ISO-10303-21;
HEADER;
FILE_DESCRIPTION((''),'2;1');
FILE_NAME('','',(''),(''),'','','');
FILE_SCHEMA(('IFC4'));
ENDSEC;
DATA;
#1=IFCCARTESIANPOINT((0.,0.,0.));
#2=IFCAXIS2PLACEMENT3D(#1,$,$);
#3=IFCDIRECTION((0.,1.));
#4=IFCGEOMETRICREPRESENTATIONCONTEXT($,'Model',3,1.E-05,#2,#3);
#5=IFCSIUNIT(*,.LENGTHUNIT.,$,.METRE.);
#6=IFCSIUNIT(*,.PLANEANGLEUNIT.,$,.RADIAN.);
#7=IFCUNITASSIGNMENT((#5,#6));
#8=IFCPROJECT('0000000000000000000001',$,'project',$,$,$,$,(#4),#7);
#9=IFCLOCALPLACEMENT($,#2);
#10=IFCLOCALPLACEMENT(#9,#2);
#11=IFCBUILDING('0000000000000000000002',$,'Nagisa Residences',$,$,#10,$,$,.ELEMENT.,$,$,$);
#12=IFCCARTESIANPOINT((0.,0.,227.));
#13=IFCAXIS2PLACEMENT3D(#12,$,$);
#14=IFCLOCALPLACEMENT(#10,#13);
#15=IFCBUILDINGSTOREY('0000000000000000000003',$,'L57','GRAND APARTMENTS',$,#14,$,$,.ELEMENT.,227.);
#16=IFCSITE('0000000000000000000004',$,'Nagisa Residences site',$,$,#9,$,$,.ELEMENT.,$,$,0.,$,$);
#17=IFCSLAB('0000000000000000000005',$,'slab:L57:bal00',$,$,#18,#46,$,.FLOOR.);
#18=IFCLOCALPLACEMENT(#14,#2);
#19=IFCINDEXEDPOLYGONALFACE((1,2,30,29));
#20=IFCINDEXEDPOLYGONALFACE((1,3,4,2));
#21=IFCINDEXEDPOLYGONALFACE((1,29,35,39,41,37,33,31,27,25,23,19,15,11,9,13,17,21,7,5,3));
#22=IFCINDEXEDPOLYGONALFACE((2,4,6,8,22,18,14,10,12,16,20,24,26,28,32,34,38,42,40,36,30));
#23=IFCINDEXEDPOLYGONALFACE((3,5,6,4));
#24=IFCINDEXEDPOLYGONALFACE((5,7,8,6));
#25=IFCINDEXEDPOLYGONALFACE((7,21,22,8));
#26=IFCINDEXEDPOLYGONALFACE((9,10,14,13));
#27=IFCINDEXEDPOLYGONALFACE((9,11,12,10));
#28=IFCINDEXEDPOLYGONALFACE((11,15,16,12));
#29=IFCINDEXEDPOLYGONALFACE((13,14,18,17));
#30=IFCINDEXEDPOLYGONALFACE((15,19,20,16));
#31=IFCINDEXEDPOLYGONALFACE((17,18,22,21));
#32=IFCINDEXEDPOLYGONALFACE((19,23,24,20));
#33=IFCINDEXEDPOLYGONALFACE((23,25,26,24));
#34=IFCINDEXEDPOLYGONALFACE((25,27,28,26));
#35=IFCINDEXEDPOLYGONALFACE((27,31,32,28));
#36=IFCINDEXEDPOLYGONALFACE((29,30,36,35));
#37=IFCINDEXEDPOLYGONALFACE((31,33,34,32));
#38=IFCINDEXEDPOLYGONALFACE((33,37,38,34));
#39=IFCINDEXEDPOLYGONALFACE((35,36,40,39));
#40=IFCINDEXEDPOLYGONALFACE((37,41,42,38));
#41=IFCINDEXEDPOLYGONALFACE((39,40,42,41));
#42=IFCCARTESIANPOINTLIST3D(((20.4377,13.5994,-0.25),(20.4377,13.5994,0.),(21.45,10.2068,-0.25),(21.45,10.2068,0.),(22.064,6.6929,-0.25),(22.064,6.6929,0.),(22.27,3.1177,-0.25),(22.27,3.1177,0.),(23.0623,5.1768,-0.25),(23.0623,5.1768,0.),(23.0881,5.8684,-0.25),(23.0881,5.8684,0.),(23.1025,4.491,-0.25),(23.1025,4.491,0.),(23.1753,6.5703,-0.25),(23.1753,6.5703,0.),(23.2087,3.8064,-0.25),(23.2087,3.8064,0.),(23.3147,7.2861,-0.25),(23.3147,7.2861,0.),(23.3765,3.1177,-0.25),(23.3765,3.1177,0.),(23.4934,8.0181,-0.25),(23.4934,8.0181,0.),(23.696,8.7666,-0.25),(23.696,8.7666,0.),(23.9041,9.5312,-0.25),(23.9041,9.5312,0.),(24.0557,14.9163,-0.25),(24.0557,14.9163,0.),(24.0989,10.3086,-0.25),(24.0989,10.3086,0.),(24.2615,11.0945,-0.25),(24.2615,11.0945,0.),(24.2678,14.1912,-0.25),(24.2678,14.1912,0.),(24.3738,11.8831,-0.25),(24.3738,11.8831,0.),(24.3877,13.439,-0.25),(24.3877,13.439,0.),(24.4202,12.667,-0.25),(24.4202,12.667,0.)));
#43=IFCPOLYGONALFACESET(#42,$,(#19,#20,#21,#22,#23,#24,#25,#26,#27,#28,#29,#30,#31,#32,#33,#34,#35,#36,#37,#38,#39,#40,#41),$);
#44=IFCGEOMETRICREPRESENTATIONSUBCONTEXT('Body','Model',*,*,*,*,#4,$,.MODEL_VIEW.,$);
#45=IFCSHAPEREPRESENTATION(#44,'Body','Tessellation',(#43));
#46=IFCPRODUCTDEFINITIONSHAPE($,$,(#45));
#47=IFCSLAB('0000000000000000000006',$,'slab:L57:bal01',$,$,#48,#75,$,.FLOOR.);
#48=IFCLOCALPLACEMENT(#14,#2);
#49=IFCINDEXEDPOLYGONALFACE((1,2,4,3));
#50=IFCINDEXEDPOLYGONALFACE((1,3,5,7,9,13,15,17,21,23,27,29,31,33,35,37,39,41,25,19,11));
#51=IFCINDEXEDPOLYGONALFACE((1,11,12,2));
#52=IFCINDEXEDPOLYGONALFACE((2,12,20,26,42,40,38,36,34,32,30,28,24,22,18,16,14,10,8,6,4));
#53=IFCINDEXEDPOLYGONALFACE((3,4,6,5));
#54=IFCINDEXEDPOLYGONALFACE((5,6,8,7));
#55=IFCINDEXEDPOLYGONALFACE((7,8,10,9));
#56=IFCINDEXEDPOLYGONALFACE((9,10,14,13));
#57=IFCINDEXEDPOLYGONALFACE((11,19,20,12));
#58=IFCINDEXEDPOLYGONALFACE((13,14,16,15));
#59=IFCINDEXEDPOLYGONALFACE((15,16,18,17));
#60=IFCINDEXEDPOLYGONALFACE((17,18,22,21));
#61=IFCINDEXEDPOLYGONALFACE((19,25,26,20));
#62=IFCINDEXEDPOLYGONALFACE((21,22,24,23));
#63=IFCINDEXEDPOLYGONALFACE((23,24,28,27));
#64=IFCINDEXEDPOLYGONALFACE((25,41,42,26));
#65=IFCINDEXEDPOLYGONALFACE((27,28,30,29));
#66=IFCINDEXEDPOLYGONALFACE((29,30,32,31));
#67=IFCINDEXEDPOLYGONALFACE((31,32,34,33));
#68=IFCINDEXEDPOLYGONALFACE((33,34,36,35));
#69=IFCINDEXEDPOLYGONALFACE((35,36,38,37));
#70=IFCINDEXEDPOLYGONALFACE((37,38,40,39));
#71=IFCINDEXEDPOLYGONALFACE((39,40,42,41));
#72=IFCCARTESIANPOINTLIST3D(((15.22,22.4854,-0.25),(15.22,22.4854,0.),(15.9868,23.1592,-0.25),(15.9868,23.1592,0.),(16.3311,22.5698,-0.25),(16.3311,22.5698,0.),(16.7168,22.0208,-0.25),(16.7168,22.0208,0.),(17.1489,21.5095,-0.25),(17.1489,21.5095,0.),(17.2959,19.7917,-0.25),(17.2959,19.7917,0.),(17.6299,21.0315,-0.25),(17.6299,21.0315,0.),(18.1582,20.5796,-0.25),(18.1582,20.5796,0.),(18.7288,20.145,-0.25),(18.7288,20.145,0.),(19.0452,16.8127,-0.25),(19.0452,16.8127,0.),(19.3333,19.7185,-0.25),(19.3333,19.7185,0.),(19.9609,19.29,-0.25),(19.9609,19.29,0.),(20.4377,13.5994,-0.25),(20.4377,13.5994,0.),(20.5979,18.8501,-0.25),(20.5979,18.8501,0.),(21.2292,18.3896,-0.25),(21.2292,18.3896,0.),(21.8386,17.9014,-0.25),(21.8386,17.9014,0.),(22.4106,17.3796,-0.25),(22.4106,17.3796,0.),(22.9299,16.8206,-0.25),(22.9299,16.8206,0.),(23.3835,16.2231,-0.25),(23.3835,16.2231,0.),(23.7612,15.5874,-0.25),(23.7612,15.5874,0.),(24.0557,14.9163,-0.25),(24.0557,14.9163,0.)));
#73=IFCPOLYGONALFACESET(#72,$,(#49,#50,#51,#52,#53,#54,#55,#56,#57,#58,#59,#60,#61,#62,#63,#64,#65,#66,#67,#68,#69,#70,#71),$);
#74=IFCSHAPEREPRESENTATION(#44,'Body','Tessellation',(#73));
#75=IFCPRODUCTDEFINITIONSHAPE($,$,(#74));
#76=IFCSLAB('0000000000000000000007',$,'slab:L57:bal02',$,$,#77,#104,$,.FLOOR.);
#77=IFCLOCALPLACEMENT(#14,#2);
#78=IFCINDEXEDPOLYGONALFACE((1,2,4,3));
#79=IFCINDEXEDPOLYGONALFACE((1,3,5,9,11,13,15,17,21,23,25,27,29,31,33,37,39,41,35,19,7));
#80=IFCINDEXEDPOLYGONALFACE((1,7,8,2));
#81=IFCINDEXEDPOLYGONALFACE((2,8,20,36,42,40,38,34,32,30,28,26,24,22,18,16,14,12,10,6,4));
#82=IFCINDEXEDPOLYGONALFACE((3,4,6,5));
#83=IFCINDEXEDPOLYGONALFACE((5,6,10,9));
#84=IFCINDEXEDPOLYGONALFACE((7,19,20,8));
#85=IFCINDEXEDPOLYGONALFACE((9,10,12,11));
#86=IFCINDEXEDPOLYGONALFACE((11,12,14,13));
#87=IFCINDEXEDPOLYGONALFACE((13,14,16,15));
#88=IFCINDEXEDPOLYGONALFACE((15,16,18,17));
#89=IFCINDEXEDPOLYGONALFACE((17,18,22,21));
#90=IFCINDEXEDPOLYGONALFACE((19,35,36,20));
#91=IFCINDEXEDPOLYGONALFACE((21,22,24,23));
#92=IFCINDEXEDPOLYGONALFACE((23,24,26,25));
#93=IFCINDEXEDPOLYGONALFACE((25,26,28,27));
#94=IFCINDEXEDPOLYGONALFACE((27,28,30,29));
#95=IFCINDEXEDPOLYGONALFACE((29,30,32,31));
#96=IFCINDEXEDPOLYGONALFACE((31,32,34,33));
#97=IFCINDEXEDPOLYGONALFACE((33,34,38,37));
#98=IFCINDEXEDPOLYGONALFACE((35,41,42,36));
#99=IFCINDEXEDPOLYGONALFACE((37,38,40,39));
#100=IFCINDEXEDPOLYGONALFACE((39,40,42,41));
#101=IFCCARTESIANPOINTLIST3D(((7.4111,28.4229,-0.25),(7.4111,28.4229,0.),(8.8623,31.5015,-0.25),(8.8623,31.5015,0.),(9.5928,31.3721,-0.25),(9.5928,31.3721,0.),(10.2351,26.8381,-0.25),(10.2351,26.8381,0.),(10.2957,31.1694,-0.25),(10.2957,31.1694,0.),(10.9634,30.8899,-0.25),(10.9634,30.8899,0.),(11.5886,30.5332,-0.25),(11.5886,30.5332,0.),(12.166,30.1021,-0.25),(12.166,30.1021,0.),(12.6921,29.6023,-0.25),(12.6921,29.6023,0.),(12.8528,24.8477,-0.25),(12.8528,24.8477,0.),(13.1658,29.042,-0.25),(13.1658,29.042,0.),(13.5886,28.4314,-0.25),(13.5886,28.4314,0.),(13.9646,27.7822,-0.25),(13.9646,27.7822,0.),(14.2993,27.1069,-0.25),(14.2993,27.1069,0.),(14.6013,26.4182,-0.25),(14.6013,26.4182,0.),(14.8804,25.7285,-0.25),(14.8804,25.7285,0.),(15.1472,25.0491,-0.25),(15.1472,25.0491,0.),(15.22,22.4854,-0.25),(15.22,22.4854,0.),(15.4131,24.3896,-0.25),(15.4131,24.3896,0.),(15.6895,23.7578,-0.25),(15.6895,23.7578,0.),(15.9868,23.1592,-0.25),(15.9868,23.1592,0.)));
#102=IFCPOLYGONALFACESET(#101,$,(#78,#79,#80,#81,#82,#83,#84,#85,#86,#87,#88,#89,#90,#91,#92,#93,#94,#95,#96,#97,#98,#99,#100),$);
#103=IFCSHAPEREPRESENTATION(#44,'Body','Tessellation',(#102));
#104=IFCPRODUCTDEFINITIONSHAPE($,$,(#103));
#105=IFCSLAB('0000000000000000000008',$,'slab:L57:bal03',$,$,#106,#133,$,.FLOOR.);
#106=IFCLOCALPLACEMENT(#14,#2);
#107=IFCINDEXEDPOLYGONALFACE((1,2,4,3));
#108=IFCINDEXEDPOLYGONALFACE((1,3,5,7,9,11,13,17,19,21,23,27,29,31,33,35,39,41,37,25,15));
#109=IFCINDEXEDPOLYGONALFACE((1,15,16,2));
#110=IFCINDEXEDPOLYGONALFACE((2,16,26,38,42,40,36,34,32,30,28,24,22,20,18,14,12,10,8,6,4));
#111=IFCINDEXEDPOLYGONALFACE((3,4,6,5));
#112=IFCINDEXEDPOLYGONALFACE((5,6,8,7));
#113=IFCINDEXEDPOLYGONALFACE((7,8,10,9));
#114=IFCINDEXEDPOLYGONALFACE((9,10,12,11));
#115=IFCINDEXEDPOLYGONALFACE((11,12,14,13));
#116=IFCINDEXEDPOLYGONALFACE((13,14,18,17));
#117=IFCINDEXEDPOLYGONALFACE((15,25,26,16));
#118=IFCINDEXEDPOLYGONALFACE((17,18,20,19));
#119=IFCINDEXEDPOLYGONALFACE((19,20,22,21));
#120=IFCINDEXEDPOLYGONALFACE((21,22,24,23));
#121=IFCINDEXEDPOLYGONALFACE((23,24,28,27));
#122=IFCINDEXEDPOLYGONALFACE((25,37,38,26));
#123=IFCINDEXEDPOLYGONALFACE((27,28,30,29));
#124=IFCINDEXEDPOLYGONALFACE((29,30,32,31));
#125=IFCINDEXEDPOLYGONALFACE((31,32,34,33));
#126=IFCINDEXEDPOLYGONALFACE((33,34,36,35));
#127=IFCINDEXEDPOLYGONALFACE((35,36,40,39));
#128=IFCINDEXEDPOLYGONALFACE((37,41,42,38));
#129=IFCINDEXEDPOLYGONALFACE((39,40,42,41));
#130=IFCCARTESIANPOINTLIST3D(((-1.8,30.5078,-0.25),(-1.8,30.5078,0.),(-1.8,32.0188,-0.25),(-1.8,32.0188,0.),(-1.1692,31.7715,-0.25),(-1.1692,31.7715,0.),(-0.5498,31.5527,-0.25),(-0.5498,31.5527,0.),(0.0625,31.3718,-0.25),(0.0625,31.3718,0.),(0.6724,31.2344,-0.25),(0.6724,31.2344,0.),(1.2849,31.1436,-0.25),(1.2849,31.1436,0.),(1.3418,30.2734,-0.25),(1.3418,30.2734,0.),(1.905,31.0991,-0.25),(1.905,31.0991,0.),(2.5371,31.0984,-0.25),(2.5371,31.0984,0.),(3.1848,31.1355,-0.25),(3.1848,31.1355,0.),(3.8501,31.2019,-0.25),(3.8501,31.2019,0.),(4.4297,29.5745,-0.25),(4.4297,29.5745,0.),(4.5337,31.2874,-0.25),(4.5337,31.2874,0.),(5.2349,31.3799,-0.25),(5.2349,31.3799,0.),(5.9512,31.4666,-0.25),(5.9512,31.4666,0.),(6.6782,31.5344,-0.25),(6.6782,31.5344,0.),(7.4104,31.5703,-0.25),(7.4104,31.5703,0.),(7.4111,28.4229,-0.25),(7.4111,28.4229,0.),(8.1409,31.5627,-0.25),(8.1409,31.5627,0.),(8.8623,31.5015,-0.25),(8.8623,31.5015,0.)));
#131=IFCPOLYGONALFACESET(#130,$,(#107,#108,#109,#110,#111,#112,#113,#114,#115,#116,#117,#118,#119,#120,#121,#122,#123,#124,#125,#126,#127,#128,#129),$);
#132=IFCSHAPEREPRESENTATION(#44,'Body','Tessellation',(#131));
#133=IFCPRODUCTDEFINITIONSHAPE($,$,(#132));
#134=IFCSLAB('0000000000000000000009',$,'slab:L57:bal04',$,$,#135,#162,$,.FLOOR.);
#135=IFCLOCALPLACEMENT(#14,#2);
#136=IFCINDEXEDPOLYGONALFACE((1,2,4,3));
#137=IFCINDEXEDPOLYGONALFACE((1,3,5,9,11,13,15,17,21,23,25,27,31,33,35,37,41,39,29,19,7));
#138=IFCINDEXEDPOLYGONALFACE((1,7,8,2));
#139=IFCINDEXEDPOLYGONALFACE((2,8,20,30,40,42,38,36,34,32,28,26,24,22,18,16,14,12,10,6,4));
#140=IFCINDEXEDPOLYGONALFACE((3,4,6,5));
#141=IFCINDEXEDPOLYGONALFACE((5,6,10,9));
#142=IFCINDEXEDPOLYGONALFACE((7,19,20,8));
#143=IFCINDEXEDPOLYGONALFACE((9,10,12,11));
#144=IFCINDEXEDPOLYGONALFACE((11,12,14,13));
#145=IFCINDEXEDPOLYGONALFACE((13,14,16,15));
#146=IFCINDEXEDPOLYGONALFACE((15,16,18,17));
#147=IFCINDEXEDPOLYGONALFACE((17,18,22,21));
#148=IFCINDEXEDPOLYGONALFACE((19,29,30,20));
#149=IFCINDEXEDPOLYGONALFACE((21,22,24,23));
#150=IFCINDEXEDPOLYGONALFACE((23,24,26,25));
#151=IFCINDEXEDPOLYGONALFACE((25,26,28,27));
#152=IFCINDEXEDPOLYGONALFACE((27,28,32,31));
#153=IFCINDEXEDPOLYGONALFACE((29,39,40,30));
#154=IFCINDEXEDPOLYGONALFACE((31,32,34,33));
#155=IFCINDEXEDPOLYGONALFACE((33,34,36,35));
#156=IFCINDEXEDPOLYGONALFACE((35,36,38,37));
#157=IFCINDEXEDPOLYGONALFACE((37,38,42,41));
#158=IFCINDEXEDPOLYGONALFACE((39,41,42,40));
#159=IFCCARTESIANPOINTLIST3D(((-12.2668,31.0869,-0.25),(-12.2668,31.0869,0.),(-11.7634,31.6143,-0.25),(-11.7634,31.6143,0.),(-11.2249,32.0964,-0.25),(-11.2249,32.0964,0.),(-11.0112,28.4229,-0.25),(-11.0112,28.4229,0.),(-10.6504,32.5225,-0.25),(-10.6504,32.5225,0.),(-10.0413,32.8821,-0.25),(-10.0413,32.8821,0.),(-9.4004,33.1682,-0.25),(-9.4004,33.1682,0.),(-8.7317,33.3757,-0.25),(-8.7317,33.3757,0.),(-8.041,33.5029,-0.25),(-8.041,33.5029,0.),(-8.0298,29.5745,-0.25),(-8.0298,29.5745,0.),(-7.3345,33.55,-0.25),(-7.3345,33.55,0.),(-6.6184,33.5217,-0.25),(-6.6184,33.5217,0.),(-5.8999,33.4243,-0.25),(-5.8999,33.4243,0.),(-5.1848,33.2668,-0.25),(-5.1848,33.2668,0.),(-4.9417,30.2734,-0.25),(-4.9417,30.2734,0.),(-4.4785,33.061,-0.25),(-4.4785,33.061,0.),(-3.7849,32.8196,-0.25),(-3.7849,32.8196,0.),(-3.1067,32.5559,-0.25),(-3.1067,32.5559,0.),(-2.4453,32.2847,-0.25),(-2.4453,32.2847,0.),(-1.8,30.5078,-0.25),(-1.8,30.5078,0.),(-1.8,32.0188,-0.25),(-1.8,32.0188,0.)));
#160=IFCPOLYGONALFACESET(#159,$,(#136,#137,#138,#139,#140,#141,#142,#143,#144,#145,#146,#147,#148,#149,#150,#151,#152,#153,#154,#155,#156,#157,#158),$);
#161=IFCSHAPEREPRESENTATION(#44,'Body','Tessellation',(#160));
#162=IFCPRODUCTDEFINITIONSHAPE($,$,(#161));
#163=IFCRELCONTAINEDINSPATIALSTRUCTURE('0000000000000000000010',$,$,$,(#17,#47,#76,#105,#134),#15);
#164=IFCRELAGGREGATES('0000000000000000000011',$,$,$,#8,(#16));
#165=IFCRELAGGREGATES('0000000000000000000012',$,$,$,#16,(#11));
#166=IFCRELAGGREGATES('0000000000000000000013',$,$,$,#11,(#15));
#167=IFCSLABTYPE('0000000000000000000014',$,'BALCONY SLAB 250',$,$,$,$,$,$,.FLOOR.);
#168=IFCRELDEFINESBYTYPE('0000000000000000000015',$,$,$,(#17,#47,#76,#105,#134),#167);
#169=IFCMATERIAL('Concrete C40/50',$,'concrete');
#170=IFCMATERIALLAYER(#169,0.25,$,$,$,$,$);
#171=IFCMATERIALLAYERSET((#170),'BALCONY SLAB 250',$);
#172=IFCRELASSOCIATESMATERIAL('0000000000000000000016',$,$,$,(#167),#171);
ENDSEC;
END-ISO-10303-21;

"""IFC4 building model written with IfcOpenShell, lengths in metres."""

from ifc_helpers import new_model, si_unit, direction, frame, origin, place, context, subcontext, project, spatial, polyline, outline, extrude, material, layer, layer_set, type_object, element, save


model = new_model("IFC4")

# Units and contexts
model_context = context("Model", 3, precision=1e-05, world=origin(), true_north=direction((0.0, 1.0)))
body_context = subcontext(model_context, "Body", "Model", "MODEL_VIEW")
ifc_project = project(units=[si_unit("LENGTHUNIT", "METRE"), si_unit("PLANEANGLEUNIT", "RADIAN")], contexts=[model_context])

# Site, building, storey
site_placement = place(None, origin())
site = spatial("IfcSite", under=ifc_project, at=site_placement, Name="Nagisa Residences site", CompositionType="ELEMENT", RefElevation=0.0)
building_placement = place(site_placement, origin())
building = spatial("IfcBuilding", under=site, at=building_placement, Name="Nagisa Residences", CompositionType="ELEMENT")
storey_placement = place(building_placement, frame((0.0, 0.0, 227.0)))
storey = spatial("IfcBuildingStorey", under=building, at=storey_placement, Name="L57", Description="GRAND APARTMENTS", CompositionType="ELEMENT", Elevation=227.0)

# Slabs
ifc_material_1 = material(Name="Concrete C40/50", Category="concrete")
ifc_layer_1 = layer(ifc_material_1, 0.25)
ifc_layer_set_1 = layer_set([ifc_layer_1], Name="BALCONY SLAB 250")
slab_type_1 = type_object("IfcSlabType", Name="BALCONY SLAB 250", PredefinedType="FLOOR", material=ifc_layer_set_1)
slab_1_placement = place(storey_placement, frame((0.0, 0.0, -0.25)))
element("IfcSlab", 1, at=slab_1_placement, inside=storey, type_object=slab_type_1, Name="slab:L57:bal00", PredefinedType="FLOOR", context=body_context, shape_type="SweptSolid", body=[
    extrude(outline(polyline([(23.3765, 3.1177), (23.2087, 3.8064), (23.1025, 4.491), (23.0623, 5.1768), (23.0881, 5.8684), (23.1753, 6.5703), (23.3147, 7.2861), (23.4934, 8.0181), (23.696, 8.7666), (23.9041, 9.5312), (24.0989, 10.3086), (24.2615, 11.0945), (24.3738, 11.8831), (24.4202, 12.667), (24.3877, 13.439), (24.2678, 14.1912), (24.0557, 14.9163), (20.4377, 13.5994), (21.45, 10.2068), (22.064, 6.6929), (22.27, 3.1177), (23.3765, 3.1177)])), origin(), (0.0, 0.0, 1.0), 0.25),
])
slab_2_placement = place(storey_placement, frame((0.0, 0.0, -0.25)))
element("IfcSlab", 2, at=slab_2_placement, inside=storey, type_object=slab_type_1, Name="slab:L57:bal01", PredefinedType="FLOOR", context=body_context, shape_type="SweptSolid", body=[
    extrude(outline(polyline([(24.0557, 14.9163), (23.7612, 15.5874), (23.3835, 16.2231), (22.9299, 16.8206), (22.4106, 17.3796), (21.8386, 17.9014), (21.2292, 18.3896), (20.5979, 18.8501), (19.9609, 19.29), (19.3333, 19.7185), (18.7288, 20.145), (18.1582, 20.5796), (17.6299, 21.0315), (17.1489, 21.5095), (16.7168, 22.0208), (16.3311, 22.5698), (15.9868, 23.1592), (15.22, 22.4854), (17.2959, 19.7917), (19.0452, 16.8127), (20.4377, 13.5994), (24.0557, 14.9163)])), origin(), (0.0, 0.0, 1.0), 0.25),
])
slab_3_placement = place(storey_placement, frame((0.0, 0.0, -0.25)))
element("IfcSlab", 3, at=slab_3_placement, inside=storey, type_object=slab_type_1, Name="slab:L57:bal02", PredefinedType="FLOOR", context=body_context, shape_type="SweptSolid", body=[
    extrude(outline(polyline([(15.9868, 23.1592), (15.6895, 23.7578), (15.4131, 24.3896), (15.1472, 25.0491), (14.8804, 25.7285), (14.6013, 26.4182), (14.2993, 27.1069), (13.9646, 27.7822), (13.5886, 28.4314), (13.1658, 29.042), (12.6921, 29.6023), (12.166, 30.1021), (11.5886, 30.5332), (10.9634, 30.8899), (10.2957, 31.1694), (9.5928, 31.3721), (8.8623, 31.5015), (7.4111, 28.4229), (10.2351, 26.8381), (12.8528, 24.8477), (15.22, 22.4854), (15.9868, 23.1592)])), origin(), (0.0, 0.0, 1.0), 0.25),
])
slab_4_placement = place(storey_placement, frame((0.0, 0.0, -0.25)))
element("IfcSlab", 4, at=slab_4_placement, inside=storey, type_object=slab_type_1, Name="slab:L57:bal03", PredefinedType="FLOOR", context=body_context, shape_type="SweptSolid", body=[
    extrude(outline(polyline([(8.8623, 31.5015), (8.1409, 31.5627), (7.4104, 31.5703), (6.6782, 31.5344), (5.9512, 31.4666), (5.2349, 31.3799), (4.5337, 31.2874), (3.8501, 31.2019), (3.1848, 31.1355), (2.5371, 31.0984), (1.905, 31.0991), (1.2849, 31.1436), (0.6724, 31.2344), (0.0625, 31.3718), (-0.5498, 31.5527), (-1.1692, 31.7715), (-1.8, 32.0188), (-1.8, 30.5078), (1.3418, 30.2734), (4.4297, 29.5745), (7.4111, 28.4229), (8.8623, 31.5015)])), origin(), (0.0, 0.0, 1.0), 0.25),
])
slab_5_placement = place(storey_placement, frame((0.0, 0.0, -0.25)))
element("IfcSlab", 5, at=slab_5_placement, inside=storey, type_object=slab_type_1, Name="slab:L57:bal04", PredefinedType="FLOOR", context=body_context, shape_type="SweptSolid", body=[
    extrude(outline(polyline([(-1.8, 32.0188), (-2.4453, 32.2847), (-3.1067, 32.5559), (-3.7849, 32.8196), (-4.4785, 33.061), (-5.1848, 33.2668), (-5.8999, 33.4243), (-6.6184, 33.5217), (-7.3345, 33.55), (-8.041, 33.5029), (-8.7317, 33.3757), (-9.4004, 33.1682), (-10.0413, 32.8821), (-10.6504, 32.5225), (-11.2249, 32.0964), (-11.7634, 31.6143), (-12.2668, 31.0869), (-11.0112, 28.4229), (-8.0298, 29.5745), (-4.9417, 30.2734), (-1.8, 30.5078), (-1.8, 32.0188)])), origin(), (0.0, 0.0, 1.0), 0.25),
])

save(model, "model.ifc")
